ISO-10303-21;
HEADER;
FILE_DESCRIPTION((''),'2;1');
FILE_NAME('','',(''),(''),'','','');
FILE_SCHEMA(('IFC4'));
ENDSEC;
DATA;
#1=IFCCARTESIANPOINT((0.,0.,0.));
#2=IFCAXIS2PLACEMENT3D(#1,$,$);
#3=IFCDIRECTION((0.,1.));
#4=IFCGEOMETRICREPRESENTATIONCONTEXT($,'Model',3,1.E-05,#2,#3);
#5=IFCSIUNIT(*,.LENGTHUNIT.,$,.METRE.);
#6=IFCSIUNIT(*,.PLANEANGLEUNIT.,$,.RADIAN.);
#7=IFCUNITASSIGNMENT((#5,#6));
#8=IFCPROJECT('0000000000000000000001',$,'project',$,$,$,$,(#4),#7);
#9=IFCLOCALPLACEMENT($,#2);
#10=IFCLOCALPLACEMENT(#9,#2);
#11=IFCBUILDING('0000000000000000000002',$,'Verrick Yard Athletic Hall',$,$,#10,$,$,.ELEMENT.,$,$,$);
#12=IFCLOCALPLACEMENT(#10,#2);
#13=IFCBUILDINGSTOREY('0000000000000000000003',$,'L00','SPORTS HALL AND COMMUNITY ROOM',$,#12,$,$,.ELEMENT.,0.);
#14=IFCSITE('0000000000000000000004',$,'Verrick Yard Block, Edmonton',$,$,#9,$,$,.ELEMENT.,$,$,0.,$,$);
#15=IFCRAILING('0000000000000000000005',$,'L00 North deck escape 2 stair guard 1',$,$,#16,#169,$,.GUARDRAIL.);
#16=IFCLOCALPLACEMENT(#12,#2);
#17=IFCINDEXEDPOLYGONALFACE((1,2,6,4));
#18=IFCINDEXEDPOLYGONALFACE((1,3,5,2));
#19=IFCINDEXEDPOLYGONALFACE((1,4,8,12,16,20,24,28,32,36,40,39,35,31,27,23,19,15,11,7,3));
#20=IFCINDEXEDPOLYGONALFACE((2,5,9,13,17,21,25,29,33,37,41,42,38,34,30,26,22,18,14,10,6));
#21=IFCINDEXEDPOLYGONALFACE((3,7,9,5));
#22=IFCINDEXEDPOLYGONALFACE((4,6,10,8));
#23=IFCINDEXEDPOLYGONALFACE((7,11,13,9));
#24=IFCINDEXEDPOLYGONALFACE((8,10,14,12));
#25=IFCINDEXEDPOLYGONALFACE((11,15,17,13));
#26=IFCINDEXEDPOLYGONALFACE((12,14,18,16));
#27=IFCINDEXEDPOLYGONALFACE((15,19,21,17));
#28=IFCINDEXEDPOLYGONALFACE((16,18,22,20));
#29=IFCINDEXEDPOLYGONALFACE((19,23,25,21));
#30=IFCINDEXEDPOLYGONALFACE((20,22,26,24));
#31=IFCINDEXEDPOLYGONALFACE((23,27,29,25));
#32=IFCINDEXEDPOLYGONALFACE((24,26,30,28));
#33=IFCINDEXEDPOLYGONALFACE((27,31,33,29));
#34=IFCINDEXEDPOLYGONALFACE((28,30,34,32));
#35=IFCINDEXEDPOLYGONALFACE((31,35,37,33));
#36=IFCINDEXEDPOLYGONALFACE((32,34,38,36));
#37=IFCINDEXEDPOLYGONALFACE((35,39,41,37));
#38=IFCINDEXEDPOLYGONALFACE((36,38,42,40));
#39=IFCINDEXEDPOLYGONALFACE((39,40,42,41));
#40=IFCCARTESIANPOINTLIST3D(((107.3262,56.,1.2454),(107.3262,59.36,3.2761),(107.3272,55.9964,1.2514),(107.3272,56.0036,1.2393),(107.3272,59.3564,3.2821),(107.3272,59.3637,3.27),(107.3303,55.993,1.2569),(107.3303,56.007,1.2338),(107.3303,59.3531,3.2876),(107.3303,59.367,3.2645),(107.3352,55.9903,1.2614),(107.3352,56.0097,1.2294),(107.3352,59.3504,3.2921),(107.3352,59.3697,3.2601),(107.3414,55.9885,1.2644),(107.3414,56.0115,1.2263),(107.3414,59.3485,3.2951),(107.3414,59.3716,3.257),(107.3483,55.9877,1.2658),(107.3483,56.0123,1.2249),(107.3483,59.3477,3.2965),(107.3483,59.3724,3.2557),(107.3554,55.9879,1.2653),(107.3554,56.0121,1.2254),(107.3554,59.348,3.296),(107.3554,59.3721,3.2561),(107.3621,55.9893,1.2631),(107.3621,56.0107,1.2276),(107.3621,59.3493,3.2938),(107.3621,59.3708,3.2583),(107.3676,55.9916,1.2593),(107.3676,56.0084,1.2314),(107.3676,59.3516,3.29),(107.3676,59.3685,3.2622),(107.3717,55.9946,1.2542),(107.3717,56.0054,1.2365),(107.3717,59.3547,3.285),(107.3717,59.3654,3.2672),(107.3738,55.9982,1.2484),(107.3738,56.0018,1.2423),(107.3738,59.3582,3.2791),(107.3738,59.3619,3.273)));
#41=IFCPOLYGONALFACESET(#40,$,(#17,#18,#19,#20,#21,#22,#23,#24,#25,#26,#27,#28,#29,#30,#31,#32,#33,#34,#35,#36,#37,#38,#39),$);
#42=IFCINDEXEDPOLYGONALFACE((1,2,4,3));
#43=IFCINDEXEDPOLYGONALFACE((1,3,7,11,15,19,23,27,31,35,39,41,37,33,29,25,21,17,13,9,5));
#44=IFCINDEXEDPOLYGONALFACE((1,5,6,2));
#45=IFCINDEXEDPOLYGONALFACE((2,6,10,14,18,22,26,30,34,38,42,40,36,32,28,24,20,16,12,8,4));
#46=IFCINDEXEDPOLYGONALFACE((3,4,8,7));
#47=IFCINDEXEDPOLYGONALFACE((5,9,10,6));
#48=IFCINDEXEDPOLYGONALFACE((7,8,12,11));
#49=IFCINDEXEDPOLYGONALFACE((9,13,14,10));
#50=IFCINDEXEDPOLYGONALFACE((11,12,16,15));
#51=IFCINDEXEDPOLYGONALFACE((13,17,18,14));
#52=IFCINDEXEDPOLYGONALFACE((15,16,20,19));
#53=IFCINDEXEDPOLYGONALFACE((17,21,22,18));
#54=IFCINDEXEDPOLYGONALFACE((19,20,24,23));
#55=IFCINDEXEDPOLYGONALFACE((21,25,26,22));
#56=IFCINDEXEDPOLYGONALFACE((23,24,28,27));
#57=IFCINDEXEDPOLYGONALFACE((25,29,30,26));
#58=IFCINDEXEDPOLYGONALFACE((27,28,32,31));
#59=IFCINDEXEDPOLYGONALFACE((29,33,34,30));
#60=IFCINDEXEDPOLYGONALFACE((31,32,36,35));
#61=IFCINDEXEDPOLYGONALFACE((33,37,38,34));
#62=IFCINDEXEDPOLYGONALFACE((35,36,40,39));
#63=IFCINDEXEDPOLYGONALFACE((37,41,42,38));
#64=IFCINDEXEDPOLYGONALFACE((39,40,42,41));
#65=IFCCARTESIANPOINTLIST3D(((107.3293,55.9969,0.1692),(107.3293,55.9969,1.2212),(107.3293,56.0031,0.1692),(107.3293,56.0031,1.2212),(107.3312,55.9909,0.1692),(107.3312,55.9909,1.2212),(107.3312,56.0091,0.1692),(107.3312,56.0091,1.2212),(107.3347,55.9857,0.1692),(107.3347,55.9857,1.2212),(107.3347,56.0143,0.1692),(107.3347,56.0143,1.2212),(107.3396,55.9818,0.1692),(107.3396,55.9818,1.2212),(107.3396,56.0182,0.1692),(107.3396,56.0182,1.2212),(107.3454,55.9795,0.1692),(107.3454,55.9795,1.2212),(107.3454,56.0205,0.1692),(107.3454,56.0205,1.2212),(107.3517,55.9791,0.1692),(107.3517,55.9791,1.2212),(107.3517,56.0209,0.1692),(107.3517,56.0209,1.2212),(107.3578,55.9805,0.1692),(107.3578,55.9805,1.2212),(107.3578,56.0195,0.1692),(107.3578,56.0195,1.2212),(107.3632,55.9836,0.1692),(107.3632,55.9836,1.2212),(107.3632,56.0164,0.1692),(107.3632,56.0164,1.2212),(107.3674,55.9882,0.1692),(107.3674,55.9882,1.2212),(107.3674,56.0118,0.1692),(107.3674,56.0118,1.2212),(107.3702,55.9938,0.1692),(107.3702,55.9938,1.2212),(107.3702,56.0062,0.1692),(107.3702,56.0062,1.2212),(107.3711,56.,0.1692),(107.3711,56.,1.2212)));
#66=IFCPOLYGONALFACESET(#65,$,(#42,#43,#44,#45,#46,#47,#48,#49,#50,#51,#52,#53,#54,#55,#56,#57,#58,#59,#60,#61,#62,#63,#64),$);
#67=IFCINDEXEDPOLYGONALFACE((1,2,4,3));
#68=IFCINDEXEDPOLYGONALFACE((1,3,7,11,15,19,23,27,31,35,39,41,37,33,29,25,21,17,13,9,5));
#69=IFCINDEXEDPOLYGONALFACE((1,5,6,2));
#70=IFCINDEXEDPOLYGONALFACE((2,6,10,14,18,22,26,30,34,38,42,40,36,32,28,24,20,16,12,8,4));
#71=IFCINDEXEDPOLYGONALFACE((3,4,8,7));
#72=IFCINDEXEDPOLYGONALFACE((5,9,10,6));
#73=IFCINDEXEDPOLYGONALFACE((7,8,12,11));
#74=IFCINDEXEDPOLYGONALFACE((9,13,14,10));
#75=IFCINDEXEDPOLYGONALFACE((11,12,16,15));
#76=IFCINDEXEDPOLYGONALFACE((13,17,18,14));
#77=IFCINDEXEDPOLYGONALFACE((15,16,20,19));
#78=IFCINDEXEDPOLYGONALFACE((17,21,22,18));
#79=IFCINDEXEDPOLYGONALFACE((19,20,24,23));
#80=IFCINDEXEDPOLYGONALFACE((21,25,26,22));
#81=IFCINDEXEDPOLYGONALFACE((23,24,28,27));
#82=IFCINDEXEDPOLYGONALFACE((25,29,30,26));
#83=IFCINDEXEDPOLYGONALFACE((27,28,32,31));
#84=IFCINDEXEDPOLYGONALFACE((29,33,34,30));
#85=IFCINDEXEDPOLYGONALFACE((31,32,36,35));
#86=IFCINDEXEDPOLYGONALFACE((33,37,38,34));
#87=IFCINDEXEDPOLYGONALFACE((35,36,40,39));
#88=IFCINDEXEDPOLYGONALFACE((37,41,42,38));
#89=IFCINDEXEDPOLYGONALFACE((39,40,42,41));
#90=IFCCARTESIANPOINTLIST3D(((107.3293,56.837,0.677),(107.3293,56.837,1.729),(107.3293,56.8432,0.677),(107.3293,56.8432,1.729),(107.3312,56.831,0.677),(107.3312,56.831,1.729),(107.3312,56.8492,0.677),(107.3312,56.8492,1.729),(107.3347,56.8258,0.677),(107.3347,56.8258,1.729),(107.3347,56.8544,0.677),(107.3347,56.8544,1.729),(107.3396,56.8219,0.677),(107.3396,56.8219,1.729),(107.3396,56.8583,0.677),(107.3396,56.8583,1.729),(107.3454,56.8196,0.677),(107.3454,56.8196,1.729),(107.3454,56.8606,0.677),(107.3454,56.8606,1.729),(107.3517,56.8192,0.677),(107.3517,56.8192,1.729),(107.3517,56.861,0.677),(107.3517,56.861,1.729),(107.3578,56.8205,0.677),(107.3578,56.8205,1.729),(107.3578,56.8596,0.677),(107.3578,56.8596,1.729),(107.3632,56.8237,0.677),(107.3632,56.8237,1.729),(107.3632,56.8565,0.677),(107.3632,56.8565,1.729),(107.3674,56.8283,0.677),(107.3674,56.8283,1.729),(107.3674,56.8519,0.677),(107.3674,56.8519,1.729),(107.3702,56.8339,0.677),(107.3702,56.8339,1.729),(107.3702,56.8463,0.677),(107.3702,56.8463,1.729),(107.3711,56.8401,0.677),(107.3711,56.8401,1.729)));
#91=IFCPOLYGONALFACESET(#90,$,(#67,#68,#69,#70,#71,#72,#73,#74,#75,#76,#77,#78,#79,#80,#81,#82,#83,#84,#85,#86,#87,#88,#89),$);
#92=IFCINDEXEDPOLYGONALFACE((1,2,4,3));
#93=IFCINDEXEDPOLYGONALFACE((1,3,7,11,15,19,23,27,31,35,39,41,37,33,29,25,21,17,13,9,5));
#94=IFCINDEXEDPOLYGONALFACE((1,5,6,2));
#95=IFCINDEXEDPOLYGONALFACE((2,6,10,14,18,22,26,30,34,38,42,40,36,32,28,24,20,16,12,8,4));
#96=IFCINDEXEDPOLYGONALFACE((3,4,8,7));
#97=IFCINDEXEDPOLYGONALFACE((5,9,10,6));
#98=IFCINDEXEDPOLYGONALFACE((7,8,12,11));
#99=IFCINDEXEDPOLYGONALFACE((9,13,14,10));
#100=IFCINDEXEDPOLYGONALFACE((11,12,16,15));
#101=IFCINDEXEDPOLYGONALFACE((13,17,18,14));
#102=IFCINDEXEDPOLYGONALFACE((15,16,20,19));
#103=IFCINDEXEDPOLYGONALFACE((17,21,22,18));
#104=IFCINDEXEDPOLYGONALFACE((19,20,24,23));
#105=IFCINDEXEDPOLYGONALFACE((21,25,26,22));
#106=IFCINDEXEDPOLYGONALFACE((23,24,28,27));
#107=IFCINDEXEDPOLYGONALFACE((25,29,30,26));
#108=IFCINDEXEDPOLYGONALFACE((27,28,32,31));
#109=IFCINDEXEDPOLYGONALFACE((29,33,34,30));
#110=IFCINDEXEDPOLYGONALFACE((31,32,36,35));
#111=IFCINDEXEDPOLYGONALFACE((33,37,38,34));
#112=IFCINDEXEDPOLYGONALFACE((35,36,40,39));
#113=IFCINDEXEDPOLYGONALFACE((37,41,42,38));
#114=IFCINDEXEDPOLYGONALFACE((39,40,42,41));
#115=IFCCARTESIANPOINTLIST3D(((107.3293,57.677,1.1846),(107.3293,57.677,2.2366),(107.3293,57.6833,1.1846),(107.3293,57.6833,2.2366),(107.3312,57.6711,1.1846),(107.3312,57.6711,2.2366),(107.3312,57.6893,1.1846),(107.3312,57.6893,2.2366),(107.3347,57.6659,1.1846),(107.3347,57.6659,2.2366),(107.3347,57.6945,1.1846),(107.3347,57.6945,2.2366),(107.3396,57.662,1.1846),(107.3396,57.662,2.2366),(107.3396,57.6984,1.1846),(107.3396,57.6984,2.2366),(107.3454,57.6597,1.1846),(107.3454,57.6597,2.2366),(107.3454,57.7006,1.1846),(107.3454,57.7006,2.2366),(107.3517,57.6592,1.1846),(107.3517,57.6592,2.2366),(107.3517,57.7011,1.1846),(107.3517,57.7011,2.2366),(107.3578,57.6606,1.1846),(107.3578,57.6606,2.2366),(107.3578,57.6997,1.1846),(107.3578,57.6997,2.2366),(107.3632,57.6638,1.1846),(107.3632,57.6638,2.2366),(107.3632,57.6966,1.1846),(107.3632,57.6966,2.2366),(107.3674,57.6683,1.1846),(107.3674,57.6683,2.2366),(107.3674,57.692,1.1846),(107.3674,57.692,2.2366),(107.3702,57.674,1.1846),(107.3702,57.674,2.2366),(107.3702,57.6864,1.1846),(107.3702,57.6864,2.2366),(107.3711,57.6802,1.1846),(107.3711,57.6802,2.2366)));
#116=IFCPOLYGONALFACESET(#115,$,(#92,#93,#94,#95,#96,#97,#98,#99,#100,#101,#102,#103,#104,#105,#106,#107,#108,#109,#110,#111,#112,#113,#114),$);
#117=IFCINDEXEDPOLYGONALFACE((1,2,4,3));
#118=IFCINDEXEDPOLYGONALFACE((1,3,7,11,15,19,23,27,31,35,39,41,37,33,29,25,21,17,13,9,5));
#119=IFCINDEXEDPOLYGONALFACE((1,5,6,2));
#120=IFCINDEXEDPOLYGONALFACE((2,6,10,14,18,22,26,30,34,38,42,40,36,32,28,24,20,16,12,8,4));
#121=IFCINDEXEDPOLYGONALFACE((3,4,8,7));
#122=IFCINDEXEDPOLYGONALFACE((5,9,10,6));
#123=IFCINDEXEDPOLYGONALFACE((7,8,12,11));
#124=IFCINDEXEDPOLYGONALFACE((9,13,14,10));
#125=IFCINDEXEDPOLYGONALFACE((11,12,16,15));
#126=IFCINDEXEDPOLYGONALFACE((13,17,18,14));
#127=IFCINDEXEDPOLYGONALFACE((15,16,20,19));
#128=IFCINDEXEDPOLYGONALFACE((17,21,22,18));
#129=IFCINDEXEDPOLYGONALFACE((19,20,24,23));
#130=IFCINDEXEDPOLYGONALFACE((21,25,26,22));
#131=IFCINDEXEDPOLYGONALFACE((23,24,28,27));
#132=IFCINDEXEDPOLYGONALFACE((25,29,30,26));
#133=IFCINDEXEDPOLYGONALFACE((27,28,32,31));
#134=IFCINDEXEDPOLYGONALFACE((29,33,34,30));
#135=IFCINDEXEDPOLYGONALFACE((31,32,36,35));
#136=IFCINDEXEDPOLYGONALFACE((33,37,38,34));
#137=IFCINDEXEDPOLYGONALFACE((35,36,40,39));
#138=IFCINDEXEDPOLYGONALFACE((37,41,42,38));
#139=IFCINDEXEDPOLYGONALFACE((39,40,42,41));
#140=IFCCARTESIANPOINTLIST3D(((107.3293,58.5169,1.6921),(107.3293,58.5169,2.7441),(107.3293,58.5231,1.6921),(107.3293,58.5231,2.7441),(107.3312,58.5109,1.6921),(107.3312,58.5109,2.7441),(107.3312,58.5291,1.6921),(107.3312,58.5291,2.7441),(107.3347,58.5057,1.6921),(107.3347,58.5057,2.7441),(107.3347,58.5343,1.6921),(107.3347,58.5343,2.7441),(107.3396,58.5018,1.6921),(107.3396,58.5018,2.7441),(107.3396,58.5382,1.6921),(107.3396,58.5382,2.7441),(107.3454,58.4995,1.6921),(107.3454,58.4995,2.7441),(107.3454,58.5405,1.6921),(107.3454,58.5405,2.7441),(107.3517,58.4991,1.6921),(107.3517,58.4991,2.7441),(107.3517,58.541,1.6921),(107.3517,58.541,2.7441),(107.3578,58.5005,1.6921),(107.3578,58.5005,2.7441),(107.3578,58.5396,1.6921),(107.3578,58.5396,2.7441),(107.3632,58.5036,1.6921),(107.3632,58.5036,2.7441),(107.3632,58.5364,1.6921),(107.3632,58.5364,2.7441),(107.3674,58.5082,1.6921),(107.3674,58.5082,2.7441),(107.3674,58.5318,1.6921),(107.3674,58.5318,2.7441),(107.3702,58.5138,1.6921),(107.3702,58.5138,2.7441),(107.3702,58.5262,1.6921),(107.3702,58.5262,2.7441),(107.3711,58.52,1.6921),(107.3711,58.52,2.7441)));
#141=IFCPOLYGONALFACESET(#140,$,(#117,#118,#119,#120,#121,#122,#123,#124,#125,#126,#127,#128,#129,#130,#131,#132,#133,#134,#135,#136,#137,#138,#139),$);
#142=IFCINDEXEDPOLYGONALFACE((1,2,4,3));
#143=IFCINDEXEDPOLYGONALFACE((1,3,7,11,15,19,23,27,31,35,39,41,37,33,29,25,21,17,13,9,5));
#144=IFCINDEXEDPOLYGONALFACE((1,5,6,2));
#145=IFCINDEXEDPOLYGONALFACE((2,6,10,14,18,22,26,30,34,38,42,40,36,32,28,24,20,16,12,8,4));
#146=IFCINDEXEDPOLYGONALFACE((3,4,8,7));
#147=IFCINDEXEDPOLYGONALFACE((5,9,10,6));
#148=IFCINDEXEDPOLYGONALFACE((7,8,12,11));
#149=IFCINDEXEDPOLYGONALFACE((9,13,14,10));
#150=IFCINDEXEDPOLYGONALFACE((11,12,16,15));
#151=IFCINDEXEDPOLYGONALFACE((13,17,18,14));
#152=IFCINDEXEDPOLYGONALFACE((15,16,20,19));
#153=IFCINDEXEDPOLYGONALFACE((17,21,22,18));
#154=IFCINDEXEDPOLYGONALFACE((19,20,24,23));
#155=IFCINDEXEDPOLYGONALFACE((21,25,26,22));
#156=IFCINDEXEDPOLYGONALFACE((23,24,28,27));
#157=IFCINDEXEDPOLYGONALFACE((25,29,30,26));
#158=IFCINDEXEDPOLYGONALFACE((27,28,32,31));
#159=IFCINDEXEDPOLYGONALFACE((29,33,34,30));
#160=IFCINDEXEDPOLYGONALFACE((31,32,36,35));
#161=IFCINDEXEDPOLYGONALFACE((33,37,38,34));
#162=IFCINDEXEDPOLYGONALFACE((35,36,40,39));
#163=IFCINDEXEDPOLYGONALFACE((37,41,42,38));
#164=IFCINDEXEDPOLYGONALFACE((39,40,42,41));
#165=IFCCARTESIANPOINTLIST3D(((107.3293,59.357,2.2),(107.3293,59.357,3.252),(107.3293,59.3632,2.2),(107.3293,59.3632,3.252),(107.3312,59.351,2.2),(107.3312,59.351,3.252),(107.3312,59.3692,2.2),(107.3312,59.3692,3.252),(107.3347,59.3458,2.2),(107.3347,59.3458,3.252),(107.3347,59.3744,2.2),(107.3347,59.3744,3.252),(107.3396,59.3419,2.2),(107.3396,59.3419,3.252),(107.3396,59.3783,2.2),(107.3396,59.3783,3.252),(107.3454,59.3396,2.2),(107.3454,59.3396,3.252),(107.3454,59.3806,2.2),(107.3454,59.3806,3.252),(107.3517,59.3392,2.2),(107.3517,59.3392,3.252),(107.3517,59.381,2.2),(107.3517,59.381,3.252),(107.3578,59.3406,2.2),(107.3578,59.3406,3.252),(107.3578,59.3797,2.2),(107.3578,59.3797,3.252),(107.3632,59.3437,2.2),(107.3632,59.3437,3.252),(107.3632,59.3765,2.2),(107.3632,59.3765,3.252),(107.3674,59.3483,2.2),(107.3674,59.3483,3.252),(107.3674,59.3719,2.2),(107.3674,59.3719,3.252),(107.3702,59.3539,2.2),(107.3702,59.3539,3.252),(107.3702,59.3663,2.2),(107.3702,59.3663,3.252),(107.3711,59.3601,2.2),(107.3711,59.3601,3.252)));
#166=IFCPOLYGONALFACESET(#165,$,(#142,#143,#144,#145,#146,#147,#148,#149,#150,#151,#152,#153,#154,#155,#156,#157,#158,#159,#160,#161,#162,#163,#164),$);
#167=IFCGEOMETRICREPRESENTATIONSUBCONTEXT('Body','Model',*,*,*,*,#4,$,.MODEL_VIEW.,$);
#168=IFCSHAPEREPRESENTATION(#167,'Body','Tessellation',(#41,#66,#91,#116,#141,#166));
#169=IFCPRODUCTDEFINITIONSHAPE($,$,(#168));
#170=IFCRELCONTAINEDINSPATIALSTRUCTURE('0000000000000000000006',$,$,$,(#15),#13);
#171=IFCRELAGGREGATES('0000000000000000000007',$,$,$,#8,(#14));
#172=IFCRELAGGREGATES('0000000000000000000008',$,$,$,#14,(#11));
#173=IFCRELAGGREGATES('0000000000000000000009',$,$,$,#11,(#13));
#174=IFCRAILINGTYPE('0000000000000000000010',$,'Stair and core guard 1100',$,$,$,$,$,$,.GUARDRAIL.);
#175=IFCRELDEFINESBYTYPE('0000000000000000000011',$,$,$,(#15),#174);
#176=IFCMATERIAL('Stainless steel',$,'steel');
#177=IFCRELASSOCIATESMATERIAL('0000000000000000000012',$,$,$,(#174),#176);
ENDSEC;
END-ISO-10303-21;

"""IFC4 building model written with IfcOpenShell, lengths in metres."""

from ifc_helpers import new_model, si_unit, direction, frame, origin, origin_2d, place, context, subcontext, project, spatial, circle, extrude, material, type_object, element, save


model = new_model("IFC4")

# Units and contexts
model_context = context("Model", 3, precision=1e-05, world=origin(), true_north=direction((0.0, 1.0)))
body_context = subcontext(model_context, "Body", "Model", "MODEL_VIEW")
ifc_project = project(units=[si_unit("LENGTHUNIT", "METRE"), si_unit("PLANEANGLEUNIT", "RADIAN")], contexts=[model_context])

# Site, building, storey
site_placement = place(None, origin())
site = spatial("IfcSite", under=ifc_project, at=site_placement, Name="Verrick Yard Block, Edmonton", CompositionType="ELEMENT", RefElevation=0.0)
building_placement = place(site_placement, origin())
building = spatial("IfcBuilding", under=site, at=building_placement, Name="Verrick Yard Athletic Hall", CompositionType="ELEMENT")
storey_placement = place(building_placement, origin())
storey = spatial("IfcBuildingStorey", under=building, at=storey_placement, Name="L00", Description="SPORTS HALL AND COMMUNITY ROOM", CompositionType="ELEMENT", Elevation=0.0)

# Railing
ifc_material_1 = material(Name="Stainless steel", Category="steel")
railing_type_1 = type_object("IfcRailingType", Name="Stair and core guard 1100", PredefinedType="GUARDRAIL", material=ifc_material_1)
railing_1_placement = place(storey_placement, frame((107.3501, 56.0, 0.1692)))
element("IfcRailing", 1, at=railing_1_placement, inside=storey, type_object=railing_type_1, Name="L00 North deck escape 2 stair guard 1", PredefinedType="GUARDRAIL", context=body_context, shape_type="SweptSolid", body=[
    extrude(circle(Radius=0.0239, at=origin_2d()), frame((0.0, 0.0, 1.0762), z_axis=(0.0, 0.855837, 0.517246), x_axis=(-1.0, 0.0, 0.0)), (0.0, 0.0, 1.0), 3.926),
    extrude(circle(Radius=0.021, at=origin_2d()), origin(), (0.0, 0.0, 1.0), 1.052),
    extrude(circle(Radius=0.021, at=origin_2d()), frame((0.0, 0.8401, 0.5078)), (0.0, 0.0, 1.0), 1.052),
    extrude(circle(Radius=0.021, at=origin_2d()), frame((0.0, 1.6802, 1.0154)), (0.0, 0.0, 1.0), 1.052),
    extrude(circle(Radius=0.021, at=origin_2d()), frame((0.0, 2.52, 1.5229)), (0.0, 0.0, 1.0), 1.052),
    extrude(circle(Radius=0.021, at=origin_2d()), frame((0.0, 3.3601, 2.0308)), (0.0, 0.0, 1.0), 1.052),
])

save(model, "model.ifc")
